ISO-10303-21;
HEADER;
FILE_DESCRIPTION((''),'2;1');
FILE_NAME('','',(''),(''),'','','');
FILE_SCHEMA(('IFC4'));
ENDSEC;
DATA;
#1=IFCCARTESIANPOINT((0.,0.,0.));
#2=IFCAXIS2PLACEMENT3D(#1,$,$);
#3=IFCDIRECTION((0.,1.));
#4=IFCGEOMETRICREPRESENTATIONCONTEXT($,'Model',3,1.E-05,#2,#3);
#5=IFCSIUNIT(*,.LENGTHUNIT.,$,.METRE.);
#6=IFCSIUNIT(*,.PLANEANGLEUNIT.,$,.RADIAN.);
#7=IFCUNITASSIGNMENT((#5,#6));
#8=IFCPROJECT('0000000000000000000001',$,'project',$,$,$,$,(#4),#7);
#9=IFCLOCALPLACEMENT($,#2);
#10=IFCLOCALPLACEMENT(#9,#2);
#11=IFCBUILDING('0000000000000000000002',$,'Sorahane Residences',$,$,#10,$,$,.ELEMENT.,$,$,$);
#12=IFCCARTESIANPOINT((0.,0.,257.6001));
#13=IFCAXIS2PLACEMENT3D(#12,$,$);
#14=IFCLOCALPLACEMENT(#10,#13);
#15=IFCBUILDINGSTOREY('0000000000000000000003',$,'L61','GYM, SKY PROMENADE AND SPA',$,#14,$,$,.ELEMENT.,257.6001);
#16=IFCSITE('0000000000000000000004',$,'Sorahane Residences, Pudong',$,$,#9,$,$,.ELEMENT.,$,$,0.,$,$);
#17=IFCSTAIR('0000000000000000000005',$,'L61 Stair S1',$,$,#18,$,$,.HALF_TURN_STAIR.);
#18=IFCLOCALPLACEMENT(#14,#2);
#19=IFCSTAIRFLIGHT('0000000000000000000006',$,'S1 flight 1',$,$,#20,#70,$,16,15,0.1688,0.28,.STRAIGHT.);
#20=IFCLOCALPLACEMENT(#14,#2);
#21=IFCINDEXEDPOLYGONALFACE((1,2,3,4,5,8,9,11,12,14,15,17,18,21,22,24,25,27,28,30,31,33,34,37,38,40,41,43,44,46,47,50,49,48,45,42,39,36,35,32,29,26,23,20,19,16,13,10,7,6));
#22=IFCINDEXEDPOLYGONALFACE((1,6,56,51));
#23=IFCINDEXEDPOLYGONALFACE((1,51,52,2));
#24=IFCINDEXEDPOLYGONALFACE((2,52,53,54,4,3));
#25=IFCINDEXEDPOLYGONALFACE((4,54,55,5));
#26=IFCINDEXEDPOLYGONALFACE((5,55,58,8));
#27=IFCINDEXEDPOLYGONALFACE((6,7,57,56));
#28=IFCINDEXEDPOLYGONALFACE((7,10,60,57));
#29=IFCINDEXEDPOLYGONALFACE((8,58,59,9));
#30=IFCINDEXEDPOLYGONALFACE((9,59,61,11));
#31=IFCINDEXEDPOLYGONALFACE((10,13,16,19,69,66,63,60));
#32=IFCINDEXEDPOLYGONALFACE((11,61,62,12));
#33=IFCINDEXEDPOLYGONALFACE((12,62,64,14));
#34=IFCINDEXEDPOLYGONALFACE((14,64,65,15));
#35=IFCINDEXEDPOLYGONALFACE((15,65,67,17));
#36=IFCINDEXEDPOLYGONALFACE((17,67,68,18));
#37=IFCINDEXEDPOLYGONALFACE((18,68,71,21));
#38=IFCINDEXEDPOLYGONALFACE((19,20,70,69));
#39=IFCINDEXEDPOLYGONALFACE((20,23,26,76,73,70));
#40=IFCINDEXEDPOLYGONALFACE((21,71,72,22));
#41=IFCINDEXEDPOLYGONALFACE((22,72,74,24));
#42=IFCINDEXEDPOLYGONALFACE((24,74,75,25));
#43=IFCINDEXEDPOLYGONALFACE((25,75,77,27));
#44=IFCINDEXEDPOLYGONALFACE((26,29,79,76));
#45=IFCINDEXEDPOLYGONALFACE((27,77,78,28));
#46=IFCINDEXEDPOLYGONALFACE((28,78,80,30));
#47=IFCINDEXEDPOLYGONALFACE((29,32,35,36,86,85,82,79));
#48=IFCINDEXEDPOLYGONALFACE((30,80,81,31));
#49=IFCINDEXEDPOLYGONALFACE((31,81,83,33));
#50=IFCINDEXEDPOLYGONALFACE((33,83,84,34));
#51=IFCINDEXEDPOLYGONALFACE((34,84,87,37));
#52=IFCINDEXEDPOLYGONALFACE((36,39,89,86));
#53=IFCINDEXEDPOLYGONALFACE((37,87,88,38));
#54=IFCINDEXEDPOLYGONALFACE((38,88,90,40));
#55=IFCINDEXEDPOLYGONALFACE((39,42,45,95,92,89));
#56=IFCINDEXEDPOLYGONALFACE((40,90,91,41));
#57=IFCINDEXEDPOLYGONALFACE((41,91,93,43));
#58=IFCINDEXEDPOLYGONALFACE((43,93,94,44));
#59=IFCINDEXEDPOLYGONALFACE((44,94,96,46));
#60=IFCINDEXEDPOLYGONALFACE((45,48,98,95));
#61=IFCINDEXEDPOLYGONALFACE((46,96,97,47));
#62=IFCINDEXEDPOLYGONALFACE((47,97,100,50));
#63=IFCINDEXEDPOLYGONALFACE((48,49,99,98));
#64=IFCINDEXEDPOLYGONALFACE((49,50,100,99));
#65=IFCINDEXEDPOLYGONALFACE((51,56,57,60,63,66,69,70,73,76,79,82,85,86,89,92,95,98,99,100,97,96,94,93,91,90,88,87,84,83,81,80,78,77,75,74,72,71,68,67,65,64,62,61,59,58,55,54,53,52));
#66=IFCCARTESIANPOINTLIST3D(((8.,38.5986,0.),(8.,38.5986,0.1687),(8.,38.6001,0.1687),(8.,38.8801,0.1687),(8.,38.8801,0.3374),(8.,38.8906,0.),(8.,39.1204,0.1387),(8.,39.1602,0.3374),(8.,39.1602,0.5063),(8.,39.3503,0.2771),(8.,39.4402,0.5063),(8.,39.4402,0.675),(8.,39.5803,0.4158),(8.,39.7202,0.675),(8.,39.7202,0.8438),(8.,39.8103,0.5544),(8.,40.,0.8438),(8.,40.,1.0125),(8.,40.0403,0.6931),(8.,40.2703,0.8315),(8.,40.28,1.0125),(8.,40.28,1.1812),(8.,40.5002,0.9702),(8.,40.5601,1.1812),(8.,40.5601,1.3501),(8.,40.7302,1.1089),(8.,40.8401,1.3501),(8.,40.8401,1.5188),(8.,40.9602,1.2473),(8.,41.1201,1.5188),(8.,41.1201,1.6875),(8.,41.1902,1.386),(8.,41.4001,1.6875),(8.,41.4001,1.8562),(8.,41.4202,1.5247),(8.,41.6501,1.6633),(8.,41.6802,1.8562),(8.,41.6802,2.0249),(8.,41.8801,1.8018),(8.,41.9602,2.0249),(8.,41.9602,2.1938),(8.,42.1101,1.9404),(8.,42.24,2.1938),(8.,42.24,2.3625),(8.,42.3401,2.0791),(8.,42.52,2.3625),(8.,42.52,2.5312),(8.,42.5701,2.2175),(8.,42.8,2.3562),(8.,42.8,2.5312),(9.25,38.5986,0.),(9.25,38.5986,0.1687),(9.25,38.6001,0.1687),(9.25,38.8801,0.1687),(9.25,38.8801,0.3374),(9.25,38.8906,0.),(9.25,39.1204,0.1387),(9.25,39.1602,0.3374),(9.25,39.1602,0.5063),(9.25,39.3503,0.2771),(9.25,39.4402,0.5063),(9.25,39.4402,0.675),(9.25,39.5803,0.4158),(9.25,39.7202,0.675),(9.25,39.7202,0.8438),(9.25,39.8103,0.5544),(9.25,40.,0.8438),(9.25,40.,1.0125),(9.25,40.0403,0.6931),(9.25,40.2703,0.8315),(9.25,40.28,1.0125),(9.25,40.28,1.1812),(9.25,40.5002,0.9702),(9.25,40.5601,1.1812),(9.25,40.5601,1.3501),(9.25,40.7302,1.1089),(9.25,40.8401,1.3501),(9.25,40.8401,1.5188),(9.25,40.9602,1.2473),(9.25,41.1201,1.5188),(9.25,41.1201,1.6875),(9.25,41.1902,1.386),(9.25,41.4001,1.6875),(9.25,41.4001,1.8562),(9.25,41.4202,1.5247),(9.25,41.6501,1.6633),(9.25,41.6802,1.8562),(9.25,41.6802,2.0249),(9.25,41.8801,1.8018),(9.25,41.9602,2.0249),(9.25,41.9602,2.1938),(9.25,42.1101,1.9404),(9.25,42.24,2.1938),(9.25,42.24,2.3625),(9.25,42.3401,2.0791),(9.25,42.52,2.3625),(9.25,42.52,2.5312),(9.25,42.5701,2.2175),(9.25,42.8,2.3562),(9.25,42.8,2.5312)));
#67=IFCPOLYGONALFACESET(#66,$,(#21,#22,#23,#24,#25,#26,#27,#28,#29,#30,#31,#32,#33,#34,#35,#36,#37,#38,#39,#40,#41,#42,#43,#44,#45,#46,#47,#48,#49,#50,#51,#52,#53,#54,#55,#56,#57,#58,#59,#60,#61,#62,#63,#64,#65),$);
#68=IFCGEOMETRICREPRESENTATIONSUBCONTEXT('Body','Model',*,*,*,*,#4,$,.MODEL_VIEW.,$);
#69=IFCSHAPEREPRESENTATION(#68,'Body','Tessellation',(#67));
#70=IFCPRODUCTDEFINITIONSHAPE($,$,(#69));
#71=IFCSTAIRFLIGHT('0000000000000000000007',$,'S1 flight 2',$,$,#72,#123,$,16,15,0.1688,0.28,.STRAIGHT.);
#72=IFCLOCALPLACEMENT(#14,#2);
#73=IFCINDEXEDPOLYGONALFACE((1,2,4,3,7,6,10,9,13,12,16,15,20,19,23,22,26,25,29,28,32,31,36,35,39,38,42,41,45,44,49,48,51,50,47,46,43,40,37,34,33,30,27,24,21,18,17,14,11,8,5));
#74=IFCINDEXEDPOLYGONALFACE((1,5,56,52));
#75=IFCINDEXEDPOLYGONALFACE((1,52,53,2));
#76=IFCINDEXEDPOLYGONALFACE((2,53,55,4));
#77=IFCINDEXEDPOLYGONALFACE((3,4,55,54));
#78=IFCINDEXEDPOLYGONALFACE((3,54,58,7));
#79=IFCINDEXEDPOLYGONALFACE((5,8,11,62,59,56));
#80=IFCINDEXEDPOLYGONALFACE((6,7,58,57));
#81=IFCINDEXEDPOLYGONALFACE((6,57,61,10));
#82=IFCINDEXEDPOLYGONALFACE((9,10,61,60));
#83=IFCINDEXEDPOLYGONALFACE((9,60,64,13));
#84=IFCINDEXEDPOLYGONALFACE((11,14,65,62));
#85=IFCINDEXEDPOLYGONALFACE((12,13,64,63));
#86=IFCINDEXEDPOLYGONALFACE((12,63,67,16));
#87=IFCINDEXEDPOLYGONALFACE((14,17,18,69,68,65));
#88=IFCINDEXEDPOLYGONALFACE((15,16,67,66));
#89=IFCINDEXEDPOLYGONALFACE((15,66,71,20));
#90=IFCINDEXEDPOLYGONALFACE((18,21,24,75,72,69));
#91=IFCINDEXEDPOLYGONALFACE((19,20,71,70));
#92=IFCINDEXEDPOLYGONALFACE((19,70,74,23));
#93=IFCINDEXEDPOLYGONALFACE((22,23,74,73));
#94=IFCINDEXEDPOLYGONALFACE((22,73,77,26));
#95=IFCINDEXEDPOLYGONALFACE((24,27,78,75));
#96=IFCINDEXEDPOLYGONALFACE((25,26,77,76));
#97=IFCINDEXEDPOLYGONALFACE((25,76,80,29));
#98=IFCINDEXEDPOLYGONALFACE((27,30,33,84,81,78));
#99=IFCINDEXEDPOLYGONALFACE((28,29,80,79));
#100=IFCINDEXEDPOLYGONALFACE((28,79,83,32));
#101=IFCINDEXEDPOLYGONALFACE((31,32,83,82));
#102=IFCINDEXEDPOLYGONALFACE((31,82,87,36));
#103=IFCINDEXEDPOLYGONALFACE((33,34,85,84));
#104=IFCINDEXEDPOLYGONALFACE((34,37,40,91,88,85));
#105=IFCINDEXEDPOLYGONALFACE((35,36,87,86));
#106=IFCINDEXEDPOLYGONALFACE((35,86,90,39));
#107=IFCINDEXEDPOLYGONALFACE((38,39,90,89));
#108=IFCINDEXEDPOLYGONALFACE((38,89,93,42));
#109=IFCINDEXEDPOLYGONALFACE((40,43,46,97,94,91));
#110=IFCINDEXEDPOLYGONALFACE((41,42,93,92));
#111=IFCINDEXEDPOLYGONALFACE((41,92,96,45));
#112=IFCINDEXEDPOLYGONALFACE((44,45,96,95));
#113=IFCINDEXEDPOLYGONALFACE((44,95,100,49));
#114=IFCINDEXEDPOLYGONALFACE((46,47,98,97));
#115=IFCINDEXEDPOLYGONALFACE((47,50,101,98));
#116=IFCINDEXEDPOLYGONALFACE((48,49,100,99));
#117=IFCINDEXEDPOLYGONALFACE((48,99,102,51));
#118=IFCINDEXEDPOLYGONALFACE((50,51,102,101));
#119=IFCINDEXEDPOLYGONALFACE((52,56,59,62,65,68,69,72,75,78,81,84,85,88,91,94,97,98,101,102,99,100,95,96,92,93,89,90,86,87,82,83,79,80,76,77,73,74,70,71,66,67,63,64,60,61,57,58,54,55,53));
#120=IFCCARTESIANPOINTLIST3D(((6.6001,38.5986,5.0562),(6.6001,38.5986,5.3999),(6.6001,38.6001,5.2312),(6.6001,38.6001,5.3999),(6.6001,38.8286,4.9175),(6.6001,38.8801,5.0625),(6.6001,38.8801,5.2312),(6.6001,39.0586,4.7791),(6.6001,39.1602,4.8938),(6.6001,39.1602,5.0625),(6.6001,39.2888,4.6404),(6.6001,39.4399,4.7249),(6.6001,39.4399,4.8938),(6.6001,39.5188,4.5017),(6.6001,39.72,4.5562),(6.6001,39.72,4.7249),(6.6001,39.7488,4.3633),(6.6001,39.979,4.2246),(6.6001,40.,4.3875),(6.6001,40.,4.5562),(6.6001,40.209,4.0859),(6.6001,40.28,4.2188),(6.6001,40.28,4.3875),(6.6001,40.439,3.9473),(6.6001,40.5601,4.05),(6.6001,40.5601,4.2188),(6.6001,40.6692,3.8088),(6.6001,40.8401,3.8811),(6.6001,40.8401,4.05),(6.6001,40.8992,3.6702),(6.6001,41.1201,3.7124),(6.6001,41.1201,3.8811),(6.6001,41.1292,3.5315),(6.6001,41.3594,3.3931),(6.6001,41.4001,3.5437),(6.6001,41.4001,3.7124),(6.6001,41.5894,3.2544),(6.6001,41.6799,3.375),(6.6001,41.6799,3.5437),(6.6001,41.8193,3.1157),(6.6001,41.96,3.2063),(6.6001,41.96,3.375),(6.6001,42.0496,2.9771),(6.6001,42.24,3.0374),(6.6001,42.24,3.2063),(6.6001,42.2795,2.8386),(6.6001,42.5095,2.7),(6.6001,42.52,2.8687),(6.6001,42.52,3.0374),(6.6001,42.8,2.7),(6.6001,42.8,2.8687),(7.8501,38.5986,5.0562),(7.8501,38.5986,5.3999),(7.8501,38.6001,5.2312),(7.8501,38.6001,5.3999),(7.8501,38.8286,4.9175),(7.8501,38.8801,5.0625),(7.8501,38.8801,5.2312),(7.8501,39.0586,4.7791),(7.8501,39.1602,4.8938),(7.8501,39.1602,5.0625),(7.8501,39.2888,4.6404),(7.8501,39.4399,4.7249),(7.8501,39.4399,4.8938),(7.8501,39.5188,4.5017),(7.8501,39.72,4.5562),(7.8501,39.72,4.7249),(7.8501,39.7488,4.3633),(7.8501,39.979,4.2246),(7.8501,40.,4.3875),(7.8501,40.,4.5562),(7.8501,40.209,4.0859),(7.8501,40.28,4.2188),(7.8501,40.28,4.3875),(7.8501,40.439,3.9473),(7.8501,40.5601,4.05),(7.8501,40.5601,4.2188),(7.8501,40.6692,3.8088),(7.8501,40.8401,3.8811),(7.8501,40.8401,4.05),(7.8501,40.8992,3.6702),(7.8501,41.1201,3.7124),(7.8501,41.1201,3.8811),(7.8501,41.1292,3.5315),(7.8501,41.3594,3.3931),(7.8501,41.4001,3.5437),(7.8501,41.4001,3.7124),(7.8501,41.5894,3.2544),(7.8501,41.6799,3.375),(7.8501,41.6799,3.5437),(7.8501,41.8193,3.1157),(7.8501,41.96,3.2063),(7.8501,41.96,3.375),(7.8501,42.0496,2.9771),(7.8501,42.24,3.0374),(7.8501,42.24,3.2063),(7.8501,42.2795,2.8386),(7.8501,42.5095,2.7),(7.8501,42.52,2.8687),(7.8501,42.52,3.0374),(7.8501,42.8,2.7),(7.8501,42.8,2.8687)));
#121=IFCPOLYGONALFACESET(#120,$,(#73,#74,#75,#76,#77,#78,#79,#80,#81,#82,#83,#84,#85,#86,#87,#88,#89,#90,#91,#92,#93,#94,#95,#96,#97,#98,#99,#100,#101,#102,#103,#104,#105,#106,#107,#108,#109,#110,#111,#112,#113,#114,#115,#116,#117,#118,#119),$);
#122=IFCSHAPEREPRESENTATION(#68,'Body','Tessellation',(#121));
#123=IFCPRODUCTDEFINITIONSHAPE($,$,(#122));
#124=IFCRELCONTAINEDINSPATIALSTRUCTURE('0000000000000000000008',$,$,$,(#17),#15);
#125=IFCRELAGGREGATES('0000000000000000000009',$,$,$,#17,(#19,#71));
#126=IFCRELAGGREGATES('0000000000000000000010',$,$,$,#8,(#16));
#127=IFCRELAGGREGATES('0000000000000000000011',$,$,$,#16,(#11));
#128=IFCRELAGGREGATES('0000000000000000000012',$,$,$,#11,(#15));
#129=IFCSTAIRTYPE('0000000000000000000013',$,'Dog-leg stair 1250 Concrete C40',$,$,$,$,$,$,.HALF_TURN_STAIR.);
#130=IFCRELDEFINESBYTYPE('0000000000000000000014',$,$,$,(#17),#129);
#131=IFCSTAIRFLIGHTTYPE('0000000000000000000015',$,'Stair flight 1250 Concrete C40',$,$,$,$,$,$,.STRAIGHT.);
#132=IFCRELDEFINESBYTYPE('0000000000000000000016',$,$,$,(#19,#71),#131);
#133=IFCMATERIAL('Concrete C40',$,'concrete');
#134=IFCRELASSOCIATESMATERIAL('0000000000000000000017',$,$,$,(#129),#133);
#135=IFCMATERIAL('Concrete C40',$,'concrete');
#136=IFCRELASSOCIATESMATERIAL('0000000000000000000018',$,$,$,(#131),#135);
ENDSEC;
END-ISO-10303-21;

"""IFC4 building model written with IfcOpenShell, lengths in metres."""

from ifc_helpers import new_model, si_unit, direction, frame, origin, place, context, subcontext, project, spatial, polyline, outline, extrude, material, type_object, element, aggregate, save


model = new_model("IFC4")

# Units and contexts
model_context = context("Model", 3, precision=1e-05, world=origin(), true_north=direction((0.0, 1.0)))
body_context = subcontext(model_context, "Body", "Model", "MODEL_VIEW")
ifc_project = project(units=[si_unit("LENGTHUNIT", "METRE"), si_unit("PLANEANGLEUNIT", "RADIAN")], contexts=[model_context])

# Site, building, storey
site_placement = place(None, origin())
site = spatial("IfcSite", under=ifc_project, at=site_placement, Name="Sorahane Residences, Pudong", CompositionType="ELEMENT", RefElevation=0.0)
building_placement = place(site_placement, origin())
building = spatial("IfcBuilding", under=site, at=building_placement, Name="Sorahane Residences", CompositionType="ELEMENT")
storey_placement = place(building_placement, frame((0.0, 0.0, 257.6001)))
storey = spatial("IfcBuildingStorey", under=building, at=storey_placement, Name="L61", Description="GYM, SKY PROMENADE AND SPA", CompositionType="ELEMENT", Elevation=257.6001)

# Stair, stair flights
ifc_material_1 = material(Name="Concrete C40", Category="concrete")
stair_type = type_object("IfcStairType", Name="Dog-leg stair 1250 Concrete C40", PredefinedType="HALF_TURN_STAIR", material=ifc_material_1)
stair_placement = place(storey_placement, origin())
stair = element("IfcStair", 1, at=stair_placement, inside=storey, type_object=stair_type, Name="L61 Stair S1", PredefinedType="HALF_TURN_STAIR")
ifc_material_2 = material(Name="Concrete C40", Category="concrete")
stair_flight_type = type_object("IfcStairFlightType", Name="Stair flight 1250 Concrete C40", PredefinedType="STRAIGHT", material=ifc_material_2)
stair_flight_1_placement = place(storey_placement, frame((8.625, 38.6001, 0.0), z_axis=(0.0, 0.0, 1.0), x_axis=(0.0, 1.0, 0.0)))
stair_flight_1 = element("IfcStairFlight", 2, at=stair_flight_1_placement, type_object=stair_flight_type, Name="S1 flight 1", NumberOfRisers=16, NumberOfTreads=15, PredefinedType="STRAIGHT", RiserHeight=0.1688, TreadLength=0.28, context=body_context, shape_type="SweptSolid", body=[
    extrude(outline(polyline([(-0.0015, 0.0), (-0.0015, 0.1687), (0.0, 0.1687), (0.28, 0.1687), (0.28, 0.3374), (0.5601, 0.3374), (0.5601, 0.5063), (0.8401, 0.5063), (0.8401, 0.675), (1.1201, 0.675), (1.1201, 0.8438), (1.3999, 0.8438), (1.3999, 1.0125), (1.6799, 1.0125), (1.6799, 1.1812), (1.96, 1.1812), (1.96, 1.3501), (2.24, 1.3501), (2.24, 1.5188), (2.52, 1.5188), (2.52, 1.6875), (2.8, 1.6875), (2.8, 1.8562), (3.0801, 1.8562), (3.0801, 2.0249), (3.3601, 2.0249), (3.3601, 2.1938), (3.6399, 2.1938), (3.6399, 2.3625), (3.9199, 2.3625), (3.9199, 2.5312), (4.2, 2.5312), (4.2, 2.7), (4.2, 2.3562), (3.97, 2.2175), (3.74, 2.0791), (3.51, 1.9404), (3.28, 1.8018), (3.05, 1.6633), (2.8201, 1.5247), (2.5901, 1.386), (2.3601, 1.2473), (2.1301, 1.1089), (1.9001, 0.9702), (1.6702, 0.8315), (1.4402, 0.6931), (1.2102, 0.5544), (0.9802, 0.4158), (0.7502, 0.2771), (0.5203, 0.1387), (0.2905, 0.0), (-0.0015, 0.0)])), frame((0.0, 0.625, 0.0), z_axis=(0.0, -1.0, 0.0), x_axis=(1.0, 0.0, 0.0)), (0.0, 0.0, 1.0), 1.25),
])
stair_flight_2_placement = place(storey_placement, frame((7.2251, 42.8, 2.7), z_axis=(0.0, 0.0, 1.0), x_axis=(0.0, -1.0, 0.0)))
stair_flight_2 = element("IfcStairFlight", 3, at=stair_flight_2_placement, type_object=stair_flight_type, Name="S1 flight 2", NumberOfRisers=16, NumberOfTreads=15, PredefinedType="STRAIGHT", RiserHeight=0.1688, TreadLength=0.28, context=body_context, shape_type="SweptSolid", body=[
    extrude(outline(polyline([(0.0, 0.0), (0.0, 0.1687), (0.28, 0.1687), (0.28, 0.3374), (0.5601, 0.3374), (0.5601, 0.5063), (0.8401, 0.5063), (0.8401, 0.675), (1.1201, 0.675), (1.1201, 0.8438), (1.3999, 0.8438), (1.3999, 1.0125), (1.6799, 1.0125), (1.6799, 1.1812), (1.96, 1.1812), (1.96, 1.3501), (2.24, 1.3501), (2.24, 1.5188), (2.52, 1.5188), (2.52, 1.6875), (2.8, 1.6875), (2.8, 1.8562), (3.0801, 1.8562), (3.0801, 2.0249), (3.3601, 2.0249), (3.3601, 2.1938), (3.6399, 2.1938), (3.6399, 2.3625), (3.9199, 2.3625), (3.9199, 2.5312), (4.2, 2.5312), (4.2, 2.7), (4.2014, 2.7), (4.2014, 2.3562), (3.9714, 2.2175), (3.7415, 2.0791), (3.5112, 1.9404), (3.2812, 1.8018), (3.0513, 1.6633), (2.821, 1.5247), (2.5911, 1.386), (2.3611, 1.2473), (2.1309, 1.1089), (1.9009, 0.9702), (1.6709, 0.8315), (1.4407, 0.6931), (1.2107, 0.5544), (0.9807, 0.4158), (0.7505, 0.2771), (0.5205, 0.1387), (0.2905, 0.0), (0.0, 0.0)])), frame((0.0, 0.625, 0.0), z_axis=(0.0, -1.0, 0.0), x_axis=(1.0, 0.0, 0.0)), (0.0, 0.0, 1.0), 1.25),
])
aggregate(stair, [stair_flight_1, stair_flight_2])

save(model, "model.ifc")
